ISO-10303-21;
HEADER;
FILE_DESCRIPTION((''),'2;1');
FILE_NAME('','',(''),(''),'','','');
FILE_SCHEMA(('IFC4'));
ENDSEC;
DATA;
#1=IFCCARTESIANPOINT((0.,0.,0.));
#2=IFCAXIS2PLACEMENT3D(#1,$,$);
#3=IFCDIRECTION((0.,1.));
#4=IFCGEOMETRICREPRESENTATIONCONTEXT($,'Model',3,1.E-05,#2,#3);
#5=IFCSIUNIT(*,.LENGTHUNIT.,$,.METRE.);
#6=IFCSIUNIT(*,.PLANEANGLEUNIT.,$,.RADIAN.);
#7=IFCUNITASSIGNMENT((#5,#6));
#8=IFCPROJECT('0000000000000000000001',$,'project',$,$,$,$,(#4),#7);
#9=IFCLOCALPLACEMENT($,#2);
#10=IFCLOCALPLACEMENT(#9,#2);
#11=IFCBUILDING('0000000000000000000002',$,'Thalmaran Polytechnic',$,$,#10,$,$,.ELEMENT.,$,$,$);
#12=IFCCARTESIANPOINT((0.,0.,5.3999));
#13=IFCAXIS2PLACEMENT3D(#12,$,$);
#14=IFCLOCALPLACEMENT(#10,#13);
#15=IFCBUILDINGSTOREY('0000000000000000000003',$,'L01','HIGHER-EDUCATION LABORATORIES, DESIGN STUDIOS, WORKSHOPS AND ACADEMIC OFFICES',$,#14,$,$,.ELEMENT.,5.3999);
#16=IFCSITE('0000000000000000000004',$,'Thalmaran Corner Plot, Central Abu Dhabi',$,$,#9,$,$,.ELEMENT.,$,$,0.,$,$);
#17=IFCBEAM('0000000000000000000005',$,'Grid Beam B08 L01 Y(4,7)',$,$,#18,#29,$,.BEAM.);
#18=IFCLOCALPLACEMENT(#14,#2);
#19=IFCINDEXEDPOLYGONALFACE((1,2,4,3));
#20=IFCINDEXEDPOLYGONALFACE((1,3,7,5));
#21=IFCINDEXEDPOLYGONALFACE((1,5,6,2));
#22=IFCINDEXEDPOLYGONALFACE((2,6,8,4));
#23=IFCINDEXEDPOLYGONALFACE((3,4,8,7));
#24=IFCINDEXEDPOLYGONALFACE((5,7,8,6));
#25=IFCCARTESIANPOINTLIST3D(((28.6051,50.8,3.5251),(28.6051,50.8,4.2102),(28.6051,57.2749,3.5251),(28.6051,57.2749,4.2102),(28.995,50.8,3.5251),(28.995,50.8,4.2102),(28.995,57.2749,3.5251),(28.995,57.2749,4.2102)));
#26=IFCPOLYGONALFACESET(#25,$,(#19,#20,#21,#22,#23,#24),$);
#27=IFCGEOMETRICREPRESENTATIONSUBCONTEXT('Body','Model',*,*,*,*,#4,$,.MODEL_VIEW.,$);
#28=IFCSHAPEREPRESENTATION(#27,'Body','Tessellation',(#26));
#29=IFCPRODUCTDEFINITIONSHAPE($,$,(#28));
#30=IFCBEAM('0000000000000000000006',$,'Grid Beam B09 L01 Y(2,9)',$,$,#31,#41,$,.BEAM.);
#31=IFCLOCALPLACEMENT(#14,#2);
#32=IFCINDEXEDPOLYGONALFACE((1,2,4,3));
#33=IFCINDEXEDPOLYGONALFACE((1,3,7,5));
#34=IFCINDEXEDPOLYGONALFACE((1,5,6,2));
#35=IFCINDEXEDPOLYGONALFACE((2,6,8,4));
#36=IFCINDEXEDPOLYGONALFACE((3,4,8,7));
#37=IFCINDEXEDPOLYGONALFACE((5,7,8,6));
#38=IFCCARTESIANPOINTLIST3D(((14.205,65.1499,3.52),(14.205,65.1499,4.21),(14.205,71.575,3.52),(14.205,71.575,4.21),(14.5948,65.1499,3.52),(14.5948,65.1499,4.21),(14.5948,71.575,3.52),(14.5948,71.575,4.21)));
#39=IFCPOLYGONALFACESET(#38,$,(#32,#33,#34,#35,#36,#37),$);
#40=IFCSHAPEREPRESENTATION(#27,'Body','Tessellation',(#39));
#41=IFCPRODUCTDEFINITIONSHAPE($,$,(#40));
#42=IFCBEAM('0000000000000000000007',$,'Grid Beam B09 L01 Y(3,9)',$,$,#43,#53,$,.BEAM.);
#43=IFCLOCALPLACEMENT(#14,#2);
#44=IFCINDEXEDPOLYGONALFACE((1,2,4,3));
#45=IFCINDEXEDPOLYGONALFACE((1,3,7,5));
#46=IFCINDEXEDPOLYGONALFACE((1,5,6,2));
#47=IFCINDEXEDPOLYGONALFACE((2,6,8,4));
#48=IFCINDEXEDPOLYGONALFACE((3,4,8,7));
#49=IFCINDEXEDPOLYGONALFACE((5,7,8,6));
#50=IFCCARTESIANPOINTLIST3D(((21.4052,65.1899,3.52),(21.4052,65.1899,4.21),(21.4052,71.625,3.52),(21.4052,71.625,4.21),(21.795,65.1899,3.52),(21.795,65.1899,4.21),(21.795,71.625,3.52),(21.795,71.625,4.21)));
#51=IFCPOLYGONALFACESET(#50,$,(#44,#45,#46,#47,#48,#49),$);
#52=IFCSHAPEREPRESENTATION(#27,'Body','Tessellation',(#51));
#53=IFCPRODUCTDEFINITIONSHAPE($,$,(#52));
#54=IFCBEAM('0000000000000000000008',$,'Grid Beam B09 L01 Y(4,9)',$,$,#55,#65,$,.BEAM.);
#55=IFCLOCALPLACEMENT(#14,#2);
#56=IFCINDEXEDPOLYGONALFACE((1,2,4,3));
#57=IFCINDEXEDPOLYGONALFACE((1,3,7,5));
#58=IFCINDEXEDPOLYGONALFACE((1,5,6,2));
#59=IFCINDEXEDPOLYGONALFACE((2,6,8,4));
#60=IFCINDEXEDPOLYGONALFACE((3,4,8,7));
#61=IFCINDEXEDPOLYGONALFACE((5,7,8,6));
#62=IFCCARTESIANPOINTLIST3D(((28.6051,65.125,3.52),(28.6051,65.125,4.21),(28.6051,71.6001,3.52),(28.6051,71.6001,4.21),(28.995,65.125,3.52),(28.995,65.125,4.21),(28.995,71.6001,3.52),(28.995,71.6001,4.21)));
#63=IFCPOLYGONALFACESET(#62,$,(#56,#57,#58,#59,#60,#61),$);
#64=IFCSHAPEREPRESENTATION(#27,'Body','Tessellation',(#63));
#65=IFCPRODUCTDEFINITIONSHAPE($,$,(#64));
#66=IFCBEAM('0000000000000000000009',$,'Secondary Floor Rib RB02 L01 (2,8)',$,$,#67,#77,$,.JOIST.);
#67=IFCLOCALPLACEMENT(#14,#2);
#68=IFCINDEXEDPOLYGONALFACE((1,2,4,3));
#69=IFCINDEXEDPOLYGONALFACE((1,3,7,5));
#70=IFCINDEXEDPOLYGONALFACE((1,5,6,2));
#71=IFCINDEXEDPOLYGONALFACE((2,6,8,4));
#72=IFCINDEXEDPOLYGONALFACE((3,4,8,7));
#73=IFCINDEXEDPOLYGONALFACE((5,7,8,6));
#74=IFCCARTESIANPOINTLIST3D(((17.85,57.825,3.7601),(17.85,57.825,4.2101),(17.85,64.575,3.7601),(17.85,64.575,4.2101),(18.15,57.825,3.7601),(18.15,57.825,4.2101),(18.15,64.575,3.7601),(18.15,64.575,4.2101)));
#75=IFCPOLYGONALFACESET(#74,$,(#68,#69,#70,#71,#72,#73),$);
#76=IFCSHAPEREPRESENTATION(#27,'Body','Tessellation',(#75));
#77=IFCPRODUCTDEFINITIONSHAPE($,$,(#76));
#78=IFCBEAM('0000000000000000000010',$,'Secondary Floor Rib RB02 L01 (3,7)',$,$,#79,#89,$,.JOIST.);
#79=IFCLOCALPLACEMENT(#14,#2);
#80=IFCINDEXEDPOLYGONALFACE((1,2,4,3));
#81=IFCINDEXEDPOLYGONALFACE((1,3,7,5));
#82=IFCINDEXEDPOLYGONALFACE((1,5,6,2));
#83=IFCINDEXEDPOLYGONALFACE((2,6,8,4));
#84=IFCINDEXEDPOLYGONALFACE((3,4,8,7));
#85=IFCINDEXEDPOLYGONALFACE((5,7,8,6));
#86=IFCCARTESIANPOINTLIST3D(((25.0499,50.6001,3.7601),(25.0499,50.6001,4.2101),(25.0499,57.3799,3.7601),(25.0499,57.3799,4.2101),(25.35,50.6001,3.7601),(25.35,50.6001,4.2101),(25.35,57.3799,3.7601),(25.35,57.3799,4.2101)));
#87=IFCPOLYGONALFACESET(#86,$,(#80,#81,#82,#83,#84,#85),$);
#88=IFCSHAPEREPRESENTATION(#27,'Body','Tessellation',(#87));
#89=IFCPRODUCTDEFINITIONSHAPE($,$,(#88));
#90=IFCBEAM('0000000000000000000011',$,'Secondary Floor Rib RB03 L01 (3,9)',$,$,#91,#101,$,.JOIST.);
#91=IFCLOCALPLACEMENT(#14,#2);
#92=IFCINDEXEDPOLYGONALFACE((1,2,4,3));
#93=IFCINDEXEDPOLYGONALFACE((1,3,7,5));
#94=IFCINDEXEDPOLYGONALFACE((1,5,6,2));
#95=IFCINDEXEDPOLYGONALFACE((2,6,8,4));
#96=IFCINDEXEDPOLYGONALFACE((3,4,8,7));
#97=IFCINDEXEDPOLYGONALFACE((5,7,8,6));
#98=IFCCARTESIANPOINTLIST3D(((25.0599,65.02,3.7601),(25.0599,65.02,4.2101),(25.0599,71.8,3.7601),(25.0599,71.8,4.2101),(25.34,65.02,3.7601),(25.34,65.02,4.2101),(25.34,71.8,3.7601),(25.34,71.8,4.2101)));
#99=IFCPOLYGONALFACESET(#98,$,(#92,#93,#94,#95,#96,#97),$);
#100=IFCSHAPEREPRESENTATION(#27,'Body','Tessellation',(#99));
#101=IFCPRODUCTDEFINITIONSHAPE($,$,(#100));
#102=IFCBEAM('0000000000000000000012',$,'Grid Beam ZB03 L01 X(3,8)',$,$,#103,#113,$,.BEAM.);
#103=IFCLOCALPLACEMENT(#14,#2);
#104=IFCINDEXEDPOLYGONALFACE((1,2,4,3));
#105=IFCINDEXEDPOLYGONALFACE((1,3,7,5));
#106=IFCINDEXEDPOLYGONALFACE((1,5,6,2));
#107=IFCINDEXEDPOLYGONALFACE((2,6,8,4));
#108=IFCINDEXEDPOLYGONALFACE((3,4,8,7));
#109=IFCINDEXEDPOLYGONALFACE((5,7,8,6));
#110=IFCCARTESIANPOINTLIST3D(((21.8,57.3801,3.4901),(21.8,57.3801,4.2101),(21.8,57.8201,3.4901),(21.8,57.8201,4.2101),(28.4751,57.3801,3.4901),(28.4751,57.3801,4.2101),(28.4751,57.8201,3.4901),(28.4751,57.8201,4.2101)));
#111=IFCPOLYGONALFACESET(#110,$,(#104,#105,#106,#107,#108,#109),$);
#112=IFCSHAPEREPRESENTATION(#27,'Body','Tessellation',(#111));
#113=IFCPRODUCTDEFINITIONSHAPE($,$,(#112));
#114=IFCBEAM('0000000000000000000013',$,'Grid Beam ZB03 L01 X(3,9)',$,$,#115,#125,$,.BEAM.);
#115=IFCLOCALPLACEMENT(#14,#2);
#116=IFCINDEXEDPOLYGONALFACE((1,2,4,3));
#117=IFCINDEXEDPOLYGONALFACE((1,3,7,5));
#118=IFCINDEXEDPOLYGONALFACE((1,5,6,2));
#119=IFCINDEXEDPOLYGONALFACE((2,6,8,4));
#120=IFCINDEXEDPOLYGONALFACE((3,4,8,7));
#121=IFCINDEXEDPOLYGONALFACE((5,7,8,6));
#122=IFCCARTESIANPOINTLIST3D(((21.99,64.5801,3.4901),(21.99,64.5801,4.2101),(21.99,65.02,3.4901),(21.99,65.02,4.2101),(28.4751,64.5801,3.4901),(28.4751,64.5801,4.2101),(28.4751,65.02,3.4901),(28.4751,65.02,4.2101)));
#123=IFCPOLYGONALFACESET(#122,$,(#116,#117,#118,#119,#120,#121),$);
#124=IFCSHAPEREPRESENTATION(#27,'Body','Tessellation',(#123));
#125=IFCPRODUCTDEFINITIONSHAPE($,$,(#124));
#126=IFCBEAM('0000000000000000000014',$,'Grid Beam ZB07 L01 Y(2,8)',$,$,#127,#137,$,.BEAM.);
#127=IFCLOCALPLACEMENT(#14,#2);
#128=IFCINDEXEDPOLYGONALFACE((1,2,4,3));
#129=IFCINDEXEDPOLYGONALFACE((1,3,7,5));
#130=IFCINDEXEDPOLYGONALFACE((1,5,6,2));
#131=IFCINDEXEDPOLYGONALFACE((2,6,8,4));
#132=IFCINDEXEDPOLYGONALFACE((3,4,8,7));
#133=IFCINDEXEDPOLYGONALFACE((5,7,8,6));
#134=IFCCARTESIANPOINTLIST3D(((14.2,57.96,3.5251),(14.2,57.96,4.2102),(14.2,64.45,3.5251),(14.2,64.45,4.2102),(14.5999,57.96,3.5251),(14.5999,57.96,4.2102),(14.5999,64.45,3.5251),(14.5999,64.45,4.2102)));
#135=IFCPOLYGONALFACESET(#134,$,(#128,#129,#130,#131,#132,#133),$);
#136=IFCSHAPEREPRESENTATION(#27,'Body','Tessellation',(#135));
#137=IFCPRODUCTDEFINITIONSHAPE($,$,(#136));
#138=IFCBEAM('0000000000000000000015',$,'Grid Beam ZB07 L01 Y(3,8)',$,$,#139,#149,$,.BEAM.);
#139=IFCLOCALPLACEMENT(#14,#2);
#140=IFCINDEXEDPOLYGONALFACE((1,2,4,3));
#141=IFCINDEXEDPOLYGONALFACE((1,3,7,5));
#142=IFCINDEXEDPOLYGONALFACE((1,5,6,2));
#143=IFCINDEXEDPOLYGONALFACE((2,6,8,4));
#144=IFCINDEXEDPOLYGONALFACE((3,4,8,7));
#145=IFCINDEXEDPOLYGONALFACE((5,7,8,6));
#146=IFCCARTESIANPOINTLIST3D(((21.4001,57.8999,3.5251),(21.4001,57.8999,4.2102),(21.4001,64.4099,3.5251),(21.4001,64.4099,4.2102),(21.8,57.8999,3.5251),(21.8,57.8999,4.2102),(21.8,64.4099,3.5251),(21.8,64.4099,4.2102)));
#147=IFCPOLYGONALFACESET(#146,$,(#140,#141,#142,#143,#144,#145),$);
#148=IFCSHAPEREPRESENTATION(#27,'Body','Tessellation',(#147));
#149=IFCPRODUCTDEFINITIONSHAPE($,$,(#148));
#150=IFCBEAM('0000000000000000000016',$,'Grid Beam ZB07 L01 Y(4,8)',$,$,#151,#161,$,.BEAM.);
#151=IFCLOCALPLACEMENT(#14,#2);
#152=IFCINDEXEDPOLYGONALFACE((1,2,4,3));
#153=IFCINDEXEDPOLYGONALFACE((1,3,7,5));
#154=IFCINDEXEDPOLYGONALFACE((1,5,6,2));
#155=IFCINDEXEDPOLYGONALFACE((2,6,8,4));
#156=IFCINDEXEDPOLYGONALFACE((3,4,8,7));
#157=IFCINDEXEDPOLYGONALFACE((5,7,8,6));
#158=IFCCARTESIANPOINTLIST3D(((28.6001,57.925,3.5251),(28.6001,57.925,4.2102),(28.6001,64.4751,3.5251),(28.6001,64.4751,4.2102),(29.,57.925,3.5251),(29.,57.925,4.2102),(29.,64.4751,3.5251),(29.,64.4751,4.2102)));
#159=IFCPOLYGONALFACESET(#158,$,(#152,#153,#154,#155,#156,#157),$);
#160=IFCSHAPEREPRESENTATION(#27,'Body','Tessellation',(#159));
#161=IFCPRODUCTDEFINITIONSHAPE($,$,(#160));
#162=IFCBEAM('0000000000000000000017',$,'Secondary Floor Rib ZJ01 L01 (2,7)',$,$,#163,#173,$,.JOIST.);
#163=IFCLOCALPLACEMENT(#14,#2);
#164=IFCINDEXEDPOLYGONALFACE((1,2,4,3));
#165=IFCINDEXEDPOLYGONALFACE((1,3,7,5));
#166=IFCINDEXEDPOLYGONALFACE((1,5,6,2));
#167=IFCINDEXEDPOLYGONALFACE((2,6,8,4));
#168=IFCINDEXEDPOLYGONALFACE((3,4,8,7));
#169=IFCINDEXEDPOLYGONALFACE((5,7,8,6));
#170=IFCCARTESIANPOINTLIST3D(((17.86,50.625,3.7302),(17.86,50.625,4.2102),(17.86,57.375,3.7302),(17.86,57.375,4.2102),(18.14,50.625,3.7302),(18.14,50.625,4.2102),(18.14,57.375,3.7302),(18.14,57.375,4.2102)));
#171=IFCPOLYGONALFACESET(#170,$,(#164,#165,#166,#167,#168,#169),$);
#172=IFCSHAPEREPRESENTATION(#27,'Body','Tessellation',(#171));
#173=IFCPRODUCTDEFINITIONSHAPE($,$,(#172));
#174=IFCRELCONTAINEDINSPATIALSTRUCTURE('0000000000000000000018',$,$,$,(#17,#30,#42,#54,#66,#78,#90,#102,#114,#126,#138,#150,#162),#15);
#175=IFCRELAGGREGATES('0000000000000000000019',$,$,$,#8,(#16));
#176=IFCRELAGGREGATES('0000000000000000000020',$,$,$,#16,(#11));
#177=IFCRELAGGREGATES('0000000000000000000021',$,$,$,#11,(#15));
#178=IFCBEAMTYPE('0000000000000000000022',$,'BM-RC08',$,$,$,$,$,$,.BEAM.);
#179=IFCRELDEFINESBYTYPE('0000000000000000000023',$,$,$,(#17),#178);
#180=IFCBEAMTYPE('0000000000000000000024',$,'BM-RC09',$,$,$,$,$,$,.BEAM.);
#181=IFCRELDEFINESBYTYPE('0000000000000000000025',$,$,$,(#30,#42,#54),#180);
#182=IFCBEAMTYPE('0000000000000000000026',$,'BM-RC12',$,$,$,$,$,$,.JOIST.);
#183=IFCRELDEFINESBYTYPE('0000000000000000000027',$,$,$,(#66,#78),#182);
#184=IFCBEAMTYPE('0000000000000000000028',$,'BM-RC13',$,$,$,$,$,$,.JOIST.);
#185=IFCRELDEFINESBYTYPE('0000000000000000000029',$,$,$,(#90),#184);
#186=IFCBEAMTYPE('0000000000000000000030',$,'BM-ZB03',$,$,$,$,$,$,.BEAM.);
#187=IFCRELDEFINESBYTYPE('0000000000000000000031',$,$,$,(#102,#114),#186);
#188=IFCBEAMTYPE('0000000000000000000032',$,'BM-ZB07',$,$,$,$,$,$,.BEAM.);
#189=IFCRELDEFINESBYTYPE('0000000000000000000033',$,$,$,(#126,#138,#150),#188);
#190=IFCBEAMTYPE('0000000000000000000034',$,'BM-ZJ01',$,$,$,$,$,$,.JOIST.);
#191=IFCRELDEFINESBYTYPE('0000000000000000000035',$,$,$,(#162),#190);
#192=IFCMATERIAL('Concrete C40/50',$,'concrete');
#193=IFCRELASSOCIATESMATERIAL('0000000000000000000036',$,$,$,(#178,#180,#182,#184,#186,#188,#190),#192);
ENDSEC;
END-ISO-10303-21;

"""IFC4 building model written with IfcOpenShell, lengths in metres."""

from ifc_helpers import new_model, si_unit, direction, frame, origin, origin_2d, place, context, subcontext, project, spatial, rectangle, extrude, material, material_profile, profile_set, type_object, element, save


model = new_model("IFC4")

# Units and contexts
model_context = context("Model", 3, precision=1e-05, world=origin(), true_north=direction((0.0, 1.0)))
body_context = subcontext(model_context, "Body", "Model", "MODEL_VIEW")
ifc_project = project(units=[si_unit("LENGTHUNIT", "METRE"), si_unit("PLANEANGLEUNIT", "RADIAN")], contexts=[model_context])

# Site, building, storey
site_placement = place(None, origin())
site = spatial("IfcSite", under=ifc_project, at=site_placement, Name="Thalmaran Corner Plot, Central Abu Dhabi", CompositionType="ELEMENT", RefElevation=0.0)
building_placement = place(site_placement, origin())
building = spatial("IfcBuilding", under=site, at=building_placement, Name="Thalmaran Polytechnic", CompositionType="ELEMENT")
storey_placement = place(building_placement, frame((0.0, 0.0, 5.3999)))
storey = spatial("IfcBuildingStorey", under=building, at=storey_placement, Name="L01", Description="HIGHER-EDUCATION LABORATORIES, DESIGN STUDIOS, WORKSHOPS AND ACADEMIC OFFICES", CompositionType="ELEMENT", Elevation=5.3999)

# Shared definitions
ifc_material_1 = material(Name="Concrete C40/50", Category="concrete")

# Beams
ifc_material_profile_1 = material_profile(ifc_material_1, rectangle(XDim=0.3899, YDim=0.6851, at=origin_2d()), Name="RC 390x685")
ifc_profile_set_1 = profile_set([ifc_material_profile_1], Name="Concrete C40/50")
beam_type_1 = type_object("IfcBeamType", Name="BM-RC08", PredefinedType="BEAM", material=ifc_profile_set_1)
beam_1_placement = place(storey_placement, frame((28.8, 50.8, 3.8677), z_axis=(0.0, 1.0, 0.0), x_axis=(-1.0, 0.0, 0.0)))
element("IfcBeam", 1, at=beam_1_placement, inside=storey, type_object=beam_type_1, Name="Grid Beam B08 L01 Y(4,7)", PredefinedType="BEAM", context=body_context, shape_type="SweptSolid", body=[
    extrude(rectangle(XDim=0.3899, YDim=0.6851, at=origin_2d()), origin(), (0.0, 0.0, 1.0), 6.4749),
])
ifc_material_profile_2 = material_profile(ifc_material_1, rectangle(XDim=0.3899, YDim=0.6899, at=origin_2d()), Name="RC 390x690")
ifc_profile_set_2 = profile_set([ifc_material_profile_2], Name="Concrete C40/50")
beam_type_2 = type_object("IfcBeamType", Name="BM-RC09", PredefinedType="BEAM", material=ifc_profile_set_2)
beam_2_placement = place(storey_placement, frame((14.3999, 65.1499, 3.865), z_axis=(0.0, 1.0, 0.0), x_axis=(-1.0, 0.0, 0.0)))
element("IfcBeam", 2, at=beam_2_placement, inside=storey, type_object=beam_type_2, Name="Grid Beam B09 L01 Y(2,9)", PredefinedType="BEAM", context=body_context, shape_type="SweptSolid", body=[
    extrude(rectangle(XDim=0.3899, YDim=0.6899, at=origin_2d()), origin(), (0.0, 0.0, 1.0), 6.425),
])
beam_3_placement = place(storey_placement, frame((21.6001, 65.1899, 3.865), z_axis=(0.0, 1.0, 0.0), x_axis=(-1.0, 0.0, 0.0)))
element("IfcBeam", 3, at=beam_3_placement, inside=storey, type_object=beam_type_2, Name="Grid Beam B09 L01 Y(3,9)", PredefinedType="BEAM", context=body_context, shape_type="SweptSolid", body=[
    extrude(rectangle(XDim=0.3899, YDim=0.6899, at=origin_2d()), origin(), (0.0, 0.0, 1.0), 6.4351),
])
beam_4_placement = place(storey_placement, frame((28.8, 65.125, 3.865), z_axis=(0.0, 1.0, 0.0), x_axis=(-1.0, 0.0, 0.0)))
element("IfcBeam", 4, at=beam_4_placement, inside=storey, type_object=beam_type_2, Name="Grid Beam B09 L01 Y(4,9)", PredefinedType="BEAM", context=body_context, shape_type="SweptSolid", body=[
    extrude(rectangle(XDim=0.3899, YDim=0.6899, at=origin_2d()), origin(), (0.0, 0.0, 1.0), 6.4751),
])
ifc_material_profile_3 = material_profile(ifc_material_1, rectangle(XDim=0.3, YDim=0.45, at=origin_2d()), Name="RC 300x450")
ifc_profile_set_3 = profile_set([ifc_material_profile_3], Name="Concrete C40/50")
beam_type_3 = type_object("IfcBeamType", Name="BM-RC12", PredefinedType="JOIST", material=ifc_profile_set_3)
beam_5_placement = place(storey_placement, frame((18.0, 57.825, 3.9851), z_axis=(0.0, 1.0, 0.0), x_axis=(-1.0, 0.0, 0.0)))
element("IfcBeam", 5, at=beam_5_placement, inside=storey, type_object=beam_type_3, Name="Secondary Floor Rib RB02 L01 (2,8)", PredefinedType="JOIST", context=body_context, shape_type="SweptSolid", body=[
    extrude(rectangle(XDim=0.3, YDim=0.45, at=origin_2d()), origin(), (0.0, 0.0, 1.0), 6.75),
])
beam_6_placement = place(storey_placement, frame((25.2, 50.6001, 3.9851), z_axis=(0.0, 1.0, 0.0), x_axis=(-1.0, 0.0, 0.0)))
element("IfcBeam", 6, at=beam_6_placement, inside=storey, type_object=beam_type_3, Name="Secondary Floor Rib RB02 L01 (3,7)", PredefinedType="JOIST", context=body_context, shape_type="SweptSolid", body=[
    extrude(rectangle(XDim=0.3, YDim=0.45, at=origin_2d()), origin(), (0.0, 0.0, 1.0), 6.7798),
])
ifc_material_profile_4 = material_profile(ifc_material_1, rectangle(XDim=0.28, YDim=0.45, at=origin_2d()), Name="RC 280x450")
ifc_profile_set_4 = profile_set([ifc_material_profile_4], Name="Concrete C40/50")
beam_type_4 = type_object("IfcBeamType", Name="BM-RC13", PredefinedType="JOIST", material=ifc_profile_set_4)
beam_7_placement = place(storey_placement, frame((25.2, 65.02, 3.9851), z_axis=(0.0, 1.0, 0.0), x_axis=(-1.0, 0.0, 0.0)))
element("IfcBeam", 7, at=beam_7_placement, inside=storey, type_object=beam_type_4, Name="Secondary Floor Rib RB03 L01 (3,9)", PredefinedType="JOIST", context=body_context, shape_type="SweptSolid", body=[
    extrude(rectangle(XDim=0.28, YDim=0.45, at=origin_2d()), origin(), (0.0, 0.0, 1.0), 6.78),
])
ifc_material_profile_5 = material_profile(ifc_material_1, rectangle(XDim=0.4399, YDim=0.72, at=origin_2d()), Name="RC 440x720")
ifc_profile_set_5 = profile_set([ifc_material_profile_5], Name="Concrete C40/50")
beam_type_5 = type_object("IfcBeamType", Name="BM-ZB03", PredefinedType="BEAM", material=ifc_profile_set_5)
beam_8_placement = place(storey_placement, frame((21.8, 57.6001, 3.8501), z_axis=(1.0, 0.0, 0.0), x_axis=(0.0, 1.0, 0.0)))
element("IfcBeam", 8, at=beam_8_placement, inside=storey, type_object=beam_type_5, Name="Grid Beam ZB03 L01 X(3,8)", PredefinedType="BEAM", context=body_context, shape_type="SweptSolid", body=[
    extrude(rectangle(XDim=0.4399, YDim=0.72, at=origin_2d()), origin(), (0.0, 0.0, 1.0), 6.675),
])
beam_9_placement = place(storey_placement, frame((21.99, 64.8, 3.8501), z_axis=(1.0, 0.0, 0.0), x_axis=(0.0, 1.0, 0.0)))
element("IfcBeam", 9, at=beam_9_placement, inside=storey, type_object=beam_type_5, Name="Grid Beam ZB03 L01 X(3,9)", PredefinedType="BEAM", context=body_context, shape_type="SweptSolid", body=[
    extrude(rectangle(XDim=0.4399, YDim=0.72, at=origin_2d()), origin(), (0.0, 0.0, 1.0), 6.4851),
])
ifc_material_profile_6 = material_profile(ifc_material_1, rectangle(XDim=0.3999, YDim=0.6851, at=origin_2d()), Name="RC 400x685")
ifc_profile_set_6 = profile_set([ifc_material_profile_6], Name="Concrete C40/50")
beam_type_6 = type_object("IfcBeamType", Name="BM-ZB07", PredefinedType="BEAM", material=ifc_profile_set_6)
beam_10_placement = place(storey_placement, frame((14.3999, 57.96, 3.8677), z_axis=(0.0, 1.0, 0.0), x_axis=(-1.0, 0.0, 0.0)))
element("IfcBeam", 10, at=beam_10_placement, inside=storey, type_object=beam_type_6, Name="Grid Beam ZB07 L01 Y(2,8)", PredefinedType="BEAM", context=body_context, shape_type="SweptSolid", body=[
    extrude(rectangle(XDim=0.3999, YDim=0.6851, at=origin_2d()), origin(), (0.0, 0.0, 1.0), 6.49),
])
beam_11_placement = place(storey_placement, frame((21.6001, 57.8999, 3.8677), z_axis=(0.0, 1.0, 0.0), x_axis=(-1.0, 0.0, 0.0)))
element("IfcBeam", 11, at=beam_11_placement, inside=storey, type_object=beam_type_6, Name="Grid Beam ZB07 L01 Y(3,8)", PredefinedType="BEAM", context=body_context, shape_type="SweptSolid", body=[
    extrude(rectangle(XDim=0.3999, YDim=0.6851, at=origin_2d()), origin(), (0.0, 0.0, 1.0), 6.51),
])
beam_12_placement = place(storey_placement, frame((28.8, 57.925, 3.8677), z_axis=(0.0, 1.0, 0.0), x_axis=(-1.0, 0.0, 0.0)))
element("IfcBeam", 12, at=beam_12_placement, inside=storey, type_object=beam_type_6, Name="Grid Beam ZB07 L01 Y(4,8)", PredefinedType="BEAM", context=body_context, shape_type="SweptSolid", body=[
    extrude(rectangle(XDim=0.3999, YDim=0.6851, at=origin_2d()), origin(), (0.0, 0.0, 1.0), 6.55),
])
ifc_material_profile_7 = material_profile(ifc_material_1, rectangle(XDim=0.28, YDim=0.48, at=origin_2d()), Name="RC 280x480")
ifc_profile_set_7 = profile_set([ifc_material_profile_7], Name="Concrete C40/50")
beam_type_7 = type_object("IfcBeamType", Name="BM-ZJ01", PredefinedType="JOIST", material=ifc_profile_set_7)
beam_13_placement = place(storey_placement, frame((18.0, 50.625, 3.9702), z_axis=(0.0, 1.0, 0.0), x_axis=(-1.0, 0.0, 0.0)))
element("IfcBeam", 13, at=beam_13_placement, inside=storey, type_object=beam_type_7, Name="Secondary Floor Rib ZJ01 L01 (2,7)", PredefinedType="JOIST", context=body_context, shape_type="SweptSolid", body=[
    extrude(rectangle(XDim=0.28, YDim=0.48, at=origin_2d()), origin(), (0.0, 0.0, 1.0), 6.75),
])

save(model, "model.ifc")
